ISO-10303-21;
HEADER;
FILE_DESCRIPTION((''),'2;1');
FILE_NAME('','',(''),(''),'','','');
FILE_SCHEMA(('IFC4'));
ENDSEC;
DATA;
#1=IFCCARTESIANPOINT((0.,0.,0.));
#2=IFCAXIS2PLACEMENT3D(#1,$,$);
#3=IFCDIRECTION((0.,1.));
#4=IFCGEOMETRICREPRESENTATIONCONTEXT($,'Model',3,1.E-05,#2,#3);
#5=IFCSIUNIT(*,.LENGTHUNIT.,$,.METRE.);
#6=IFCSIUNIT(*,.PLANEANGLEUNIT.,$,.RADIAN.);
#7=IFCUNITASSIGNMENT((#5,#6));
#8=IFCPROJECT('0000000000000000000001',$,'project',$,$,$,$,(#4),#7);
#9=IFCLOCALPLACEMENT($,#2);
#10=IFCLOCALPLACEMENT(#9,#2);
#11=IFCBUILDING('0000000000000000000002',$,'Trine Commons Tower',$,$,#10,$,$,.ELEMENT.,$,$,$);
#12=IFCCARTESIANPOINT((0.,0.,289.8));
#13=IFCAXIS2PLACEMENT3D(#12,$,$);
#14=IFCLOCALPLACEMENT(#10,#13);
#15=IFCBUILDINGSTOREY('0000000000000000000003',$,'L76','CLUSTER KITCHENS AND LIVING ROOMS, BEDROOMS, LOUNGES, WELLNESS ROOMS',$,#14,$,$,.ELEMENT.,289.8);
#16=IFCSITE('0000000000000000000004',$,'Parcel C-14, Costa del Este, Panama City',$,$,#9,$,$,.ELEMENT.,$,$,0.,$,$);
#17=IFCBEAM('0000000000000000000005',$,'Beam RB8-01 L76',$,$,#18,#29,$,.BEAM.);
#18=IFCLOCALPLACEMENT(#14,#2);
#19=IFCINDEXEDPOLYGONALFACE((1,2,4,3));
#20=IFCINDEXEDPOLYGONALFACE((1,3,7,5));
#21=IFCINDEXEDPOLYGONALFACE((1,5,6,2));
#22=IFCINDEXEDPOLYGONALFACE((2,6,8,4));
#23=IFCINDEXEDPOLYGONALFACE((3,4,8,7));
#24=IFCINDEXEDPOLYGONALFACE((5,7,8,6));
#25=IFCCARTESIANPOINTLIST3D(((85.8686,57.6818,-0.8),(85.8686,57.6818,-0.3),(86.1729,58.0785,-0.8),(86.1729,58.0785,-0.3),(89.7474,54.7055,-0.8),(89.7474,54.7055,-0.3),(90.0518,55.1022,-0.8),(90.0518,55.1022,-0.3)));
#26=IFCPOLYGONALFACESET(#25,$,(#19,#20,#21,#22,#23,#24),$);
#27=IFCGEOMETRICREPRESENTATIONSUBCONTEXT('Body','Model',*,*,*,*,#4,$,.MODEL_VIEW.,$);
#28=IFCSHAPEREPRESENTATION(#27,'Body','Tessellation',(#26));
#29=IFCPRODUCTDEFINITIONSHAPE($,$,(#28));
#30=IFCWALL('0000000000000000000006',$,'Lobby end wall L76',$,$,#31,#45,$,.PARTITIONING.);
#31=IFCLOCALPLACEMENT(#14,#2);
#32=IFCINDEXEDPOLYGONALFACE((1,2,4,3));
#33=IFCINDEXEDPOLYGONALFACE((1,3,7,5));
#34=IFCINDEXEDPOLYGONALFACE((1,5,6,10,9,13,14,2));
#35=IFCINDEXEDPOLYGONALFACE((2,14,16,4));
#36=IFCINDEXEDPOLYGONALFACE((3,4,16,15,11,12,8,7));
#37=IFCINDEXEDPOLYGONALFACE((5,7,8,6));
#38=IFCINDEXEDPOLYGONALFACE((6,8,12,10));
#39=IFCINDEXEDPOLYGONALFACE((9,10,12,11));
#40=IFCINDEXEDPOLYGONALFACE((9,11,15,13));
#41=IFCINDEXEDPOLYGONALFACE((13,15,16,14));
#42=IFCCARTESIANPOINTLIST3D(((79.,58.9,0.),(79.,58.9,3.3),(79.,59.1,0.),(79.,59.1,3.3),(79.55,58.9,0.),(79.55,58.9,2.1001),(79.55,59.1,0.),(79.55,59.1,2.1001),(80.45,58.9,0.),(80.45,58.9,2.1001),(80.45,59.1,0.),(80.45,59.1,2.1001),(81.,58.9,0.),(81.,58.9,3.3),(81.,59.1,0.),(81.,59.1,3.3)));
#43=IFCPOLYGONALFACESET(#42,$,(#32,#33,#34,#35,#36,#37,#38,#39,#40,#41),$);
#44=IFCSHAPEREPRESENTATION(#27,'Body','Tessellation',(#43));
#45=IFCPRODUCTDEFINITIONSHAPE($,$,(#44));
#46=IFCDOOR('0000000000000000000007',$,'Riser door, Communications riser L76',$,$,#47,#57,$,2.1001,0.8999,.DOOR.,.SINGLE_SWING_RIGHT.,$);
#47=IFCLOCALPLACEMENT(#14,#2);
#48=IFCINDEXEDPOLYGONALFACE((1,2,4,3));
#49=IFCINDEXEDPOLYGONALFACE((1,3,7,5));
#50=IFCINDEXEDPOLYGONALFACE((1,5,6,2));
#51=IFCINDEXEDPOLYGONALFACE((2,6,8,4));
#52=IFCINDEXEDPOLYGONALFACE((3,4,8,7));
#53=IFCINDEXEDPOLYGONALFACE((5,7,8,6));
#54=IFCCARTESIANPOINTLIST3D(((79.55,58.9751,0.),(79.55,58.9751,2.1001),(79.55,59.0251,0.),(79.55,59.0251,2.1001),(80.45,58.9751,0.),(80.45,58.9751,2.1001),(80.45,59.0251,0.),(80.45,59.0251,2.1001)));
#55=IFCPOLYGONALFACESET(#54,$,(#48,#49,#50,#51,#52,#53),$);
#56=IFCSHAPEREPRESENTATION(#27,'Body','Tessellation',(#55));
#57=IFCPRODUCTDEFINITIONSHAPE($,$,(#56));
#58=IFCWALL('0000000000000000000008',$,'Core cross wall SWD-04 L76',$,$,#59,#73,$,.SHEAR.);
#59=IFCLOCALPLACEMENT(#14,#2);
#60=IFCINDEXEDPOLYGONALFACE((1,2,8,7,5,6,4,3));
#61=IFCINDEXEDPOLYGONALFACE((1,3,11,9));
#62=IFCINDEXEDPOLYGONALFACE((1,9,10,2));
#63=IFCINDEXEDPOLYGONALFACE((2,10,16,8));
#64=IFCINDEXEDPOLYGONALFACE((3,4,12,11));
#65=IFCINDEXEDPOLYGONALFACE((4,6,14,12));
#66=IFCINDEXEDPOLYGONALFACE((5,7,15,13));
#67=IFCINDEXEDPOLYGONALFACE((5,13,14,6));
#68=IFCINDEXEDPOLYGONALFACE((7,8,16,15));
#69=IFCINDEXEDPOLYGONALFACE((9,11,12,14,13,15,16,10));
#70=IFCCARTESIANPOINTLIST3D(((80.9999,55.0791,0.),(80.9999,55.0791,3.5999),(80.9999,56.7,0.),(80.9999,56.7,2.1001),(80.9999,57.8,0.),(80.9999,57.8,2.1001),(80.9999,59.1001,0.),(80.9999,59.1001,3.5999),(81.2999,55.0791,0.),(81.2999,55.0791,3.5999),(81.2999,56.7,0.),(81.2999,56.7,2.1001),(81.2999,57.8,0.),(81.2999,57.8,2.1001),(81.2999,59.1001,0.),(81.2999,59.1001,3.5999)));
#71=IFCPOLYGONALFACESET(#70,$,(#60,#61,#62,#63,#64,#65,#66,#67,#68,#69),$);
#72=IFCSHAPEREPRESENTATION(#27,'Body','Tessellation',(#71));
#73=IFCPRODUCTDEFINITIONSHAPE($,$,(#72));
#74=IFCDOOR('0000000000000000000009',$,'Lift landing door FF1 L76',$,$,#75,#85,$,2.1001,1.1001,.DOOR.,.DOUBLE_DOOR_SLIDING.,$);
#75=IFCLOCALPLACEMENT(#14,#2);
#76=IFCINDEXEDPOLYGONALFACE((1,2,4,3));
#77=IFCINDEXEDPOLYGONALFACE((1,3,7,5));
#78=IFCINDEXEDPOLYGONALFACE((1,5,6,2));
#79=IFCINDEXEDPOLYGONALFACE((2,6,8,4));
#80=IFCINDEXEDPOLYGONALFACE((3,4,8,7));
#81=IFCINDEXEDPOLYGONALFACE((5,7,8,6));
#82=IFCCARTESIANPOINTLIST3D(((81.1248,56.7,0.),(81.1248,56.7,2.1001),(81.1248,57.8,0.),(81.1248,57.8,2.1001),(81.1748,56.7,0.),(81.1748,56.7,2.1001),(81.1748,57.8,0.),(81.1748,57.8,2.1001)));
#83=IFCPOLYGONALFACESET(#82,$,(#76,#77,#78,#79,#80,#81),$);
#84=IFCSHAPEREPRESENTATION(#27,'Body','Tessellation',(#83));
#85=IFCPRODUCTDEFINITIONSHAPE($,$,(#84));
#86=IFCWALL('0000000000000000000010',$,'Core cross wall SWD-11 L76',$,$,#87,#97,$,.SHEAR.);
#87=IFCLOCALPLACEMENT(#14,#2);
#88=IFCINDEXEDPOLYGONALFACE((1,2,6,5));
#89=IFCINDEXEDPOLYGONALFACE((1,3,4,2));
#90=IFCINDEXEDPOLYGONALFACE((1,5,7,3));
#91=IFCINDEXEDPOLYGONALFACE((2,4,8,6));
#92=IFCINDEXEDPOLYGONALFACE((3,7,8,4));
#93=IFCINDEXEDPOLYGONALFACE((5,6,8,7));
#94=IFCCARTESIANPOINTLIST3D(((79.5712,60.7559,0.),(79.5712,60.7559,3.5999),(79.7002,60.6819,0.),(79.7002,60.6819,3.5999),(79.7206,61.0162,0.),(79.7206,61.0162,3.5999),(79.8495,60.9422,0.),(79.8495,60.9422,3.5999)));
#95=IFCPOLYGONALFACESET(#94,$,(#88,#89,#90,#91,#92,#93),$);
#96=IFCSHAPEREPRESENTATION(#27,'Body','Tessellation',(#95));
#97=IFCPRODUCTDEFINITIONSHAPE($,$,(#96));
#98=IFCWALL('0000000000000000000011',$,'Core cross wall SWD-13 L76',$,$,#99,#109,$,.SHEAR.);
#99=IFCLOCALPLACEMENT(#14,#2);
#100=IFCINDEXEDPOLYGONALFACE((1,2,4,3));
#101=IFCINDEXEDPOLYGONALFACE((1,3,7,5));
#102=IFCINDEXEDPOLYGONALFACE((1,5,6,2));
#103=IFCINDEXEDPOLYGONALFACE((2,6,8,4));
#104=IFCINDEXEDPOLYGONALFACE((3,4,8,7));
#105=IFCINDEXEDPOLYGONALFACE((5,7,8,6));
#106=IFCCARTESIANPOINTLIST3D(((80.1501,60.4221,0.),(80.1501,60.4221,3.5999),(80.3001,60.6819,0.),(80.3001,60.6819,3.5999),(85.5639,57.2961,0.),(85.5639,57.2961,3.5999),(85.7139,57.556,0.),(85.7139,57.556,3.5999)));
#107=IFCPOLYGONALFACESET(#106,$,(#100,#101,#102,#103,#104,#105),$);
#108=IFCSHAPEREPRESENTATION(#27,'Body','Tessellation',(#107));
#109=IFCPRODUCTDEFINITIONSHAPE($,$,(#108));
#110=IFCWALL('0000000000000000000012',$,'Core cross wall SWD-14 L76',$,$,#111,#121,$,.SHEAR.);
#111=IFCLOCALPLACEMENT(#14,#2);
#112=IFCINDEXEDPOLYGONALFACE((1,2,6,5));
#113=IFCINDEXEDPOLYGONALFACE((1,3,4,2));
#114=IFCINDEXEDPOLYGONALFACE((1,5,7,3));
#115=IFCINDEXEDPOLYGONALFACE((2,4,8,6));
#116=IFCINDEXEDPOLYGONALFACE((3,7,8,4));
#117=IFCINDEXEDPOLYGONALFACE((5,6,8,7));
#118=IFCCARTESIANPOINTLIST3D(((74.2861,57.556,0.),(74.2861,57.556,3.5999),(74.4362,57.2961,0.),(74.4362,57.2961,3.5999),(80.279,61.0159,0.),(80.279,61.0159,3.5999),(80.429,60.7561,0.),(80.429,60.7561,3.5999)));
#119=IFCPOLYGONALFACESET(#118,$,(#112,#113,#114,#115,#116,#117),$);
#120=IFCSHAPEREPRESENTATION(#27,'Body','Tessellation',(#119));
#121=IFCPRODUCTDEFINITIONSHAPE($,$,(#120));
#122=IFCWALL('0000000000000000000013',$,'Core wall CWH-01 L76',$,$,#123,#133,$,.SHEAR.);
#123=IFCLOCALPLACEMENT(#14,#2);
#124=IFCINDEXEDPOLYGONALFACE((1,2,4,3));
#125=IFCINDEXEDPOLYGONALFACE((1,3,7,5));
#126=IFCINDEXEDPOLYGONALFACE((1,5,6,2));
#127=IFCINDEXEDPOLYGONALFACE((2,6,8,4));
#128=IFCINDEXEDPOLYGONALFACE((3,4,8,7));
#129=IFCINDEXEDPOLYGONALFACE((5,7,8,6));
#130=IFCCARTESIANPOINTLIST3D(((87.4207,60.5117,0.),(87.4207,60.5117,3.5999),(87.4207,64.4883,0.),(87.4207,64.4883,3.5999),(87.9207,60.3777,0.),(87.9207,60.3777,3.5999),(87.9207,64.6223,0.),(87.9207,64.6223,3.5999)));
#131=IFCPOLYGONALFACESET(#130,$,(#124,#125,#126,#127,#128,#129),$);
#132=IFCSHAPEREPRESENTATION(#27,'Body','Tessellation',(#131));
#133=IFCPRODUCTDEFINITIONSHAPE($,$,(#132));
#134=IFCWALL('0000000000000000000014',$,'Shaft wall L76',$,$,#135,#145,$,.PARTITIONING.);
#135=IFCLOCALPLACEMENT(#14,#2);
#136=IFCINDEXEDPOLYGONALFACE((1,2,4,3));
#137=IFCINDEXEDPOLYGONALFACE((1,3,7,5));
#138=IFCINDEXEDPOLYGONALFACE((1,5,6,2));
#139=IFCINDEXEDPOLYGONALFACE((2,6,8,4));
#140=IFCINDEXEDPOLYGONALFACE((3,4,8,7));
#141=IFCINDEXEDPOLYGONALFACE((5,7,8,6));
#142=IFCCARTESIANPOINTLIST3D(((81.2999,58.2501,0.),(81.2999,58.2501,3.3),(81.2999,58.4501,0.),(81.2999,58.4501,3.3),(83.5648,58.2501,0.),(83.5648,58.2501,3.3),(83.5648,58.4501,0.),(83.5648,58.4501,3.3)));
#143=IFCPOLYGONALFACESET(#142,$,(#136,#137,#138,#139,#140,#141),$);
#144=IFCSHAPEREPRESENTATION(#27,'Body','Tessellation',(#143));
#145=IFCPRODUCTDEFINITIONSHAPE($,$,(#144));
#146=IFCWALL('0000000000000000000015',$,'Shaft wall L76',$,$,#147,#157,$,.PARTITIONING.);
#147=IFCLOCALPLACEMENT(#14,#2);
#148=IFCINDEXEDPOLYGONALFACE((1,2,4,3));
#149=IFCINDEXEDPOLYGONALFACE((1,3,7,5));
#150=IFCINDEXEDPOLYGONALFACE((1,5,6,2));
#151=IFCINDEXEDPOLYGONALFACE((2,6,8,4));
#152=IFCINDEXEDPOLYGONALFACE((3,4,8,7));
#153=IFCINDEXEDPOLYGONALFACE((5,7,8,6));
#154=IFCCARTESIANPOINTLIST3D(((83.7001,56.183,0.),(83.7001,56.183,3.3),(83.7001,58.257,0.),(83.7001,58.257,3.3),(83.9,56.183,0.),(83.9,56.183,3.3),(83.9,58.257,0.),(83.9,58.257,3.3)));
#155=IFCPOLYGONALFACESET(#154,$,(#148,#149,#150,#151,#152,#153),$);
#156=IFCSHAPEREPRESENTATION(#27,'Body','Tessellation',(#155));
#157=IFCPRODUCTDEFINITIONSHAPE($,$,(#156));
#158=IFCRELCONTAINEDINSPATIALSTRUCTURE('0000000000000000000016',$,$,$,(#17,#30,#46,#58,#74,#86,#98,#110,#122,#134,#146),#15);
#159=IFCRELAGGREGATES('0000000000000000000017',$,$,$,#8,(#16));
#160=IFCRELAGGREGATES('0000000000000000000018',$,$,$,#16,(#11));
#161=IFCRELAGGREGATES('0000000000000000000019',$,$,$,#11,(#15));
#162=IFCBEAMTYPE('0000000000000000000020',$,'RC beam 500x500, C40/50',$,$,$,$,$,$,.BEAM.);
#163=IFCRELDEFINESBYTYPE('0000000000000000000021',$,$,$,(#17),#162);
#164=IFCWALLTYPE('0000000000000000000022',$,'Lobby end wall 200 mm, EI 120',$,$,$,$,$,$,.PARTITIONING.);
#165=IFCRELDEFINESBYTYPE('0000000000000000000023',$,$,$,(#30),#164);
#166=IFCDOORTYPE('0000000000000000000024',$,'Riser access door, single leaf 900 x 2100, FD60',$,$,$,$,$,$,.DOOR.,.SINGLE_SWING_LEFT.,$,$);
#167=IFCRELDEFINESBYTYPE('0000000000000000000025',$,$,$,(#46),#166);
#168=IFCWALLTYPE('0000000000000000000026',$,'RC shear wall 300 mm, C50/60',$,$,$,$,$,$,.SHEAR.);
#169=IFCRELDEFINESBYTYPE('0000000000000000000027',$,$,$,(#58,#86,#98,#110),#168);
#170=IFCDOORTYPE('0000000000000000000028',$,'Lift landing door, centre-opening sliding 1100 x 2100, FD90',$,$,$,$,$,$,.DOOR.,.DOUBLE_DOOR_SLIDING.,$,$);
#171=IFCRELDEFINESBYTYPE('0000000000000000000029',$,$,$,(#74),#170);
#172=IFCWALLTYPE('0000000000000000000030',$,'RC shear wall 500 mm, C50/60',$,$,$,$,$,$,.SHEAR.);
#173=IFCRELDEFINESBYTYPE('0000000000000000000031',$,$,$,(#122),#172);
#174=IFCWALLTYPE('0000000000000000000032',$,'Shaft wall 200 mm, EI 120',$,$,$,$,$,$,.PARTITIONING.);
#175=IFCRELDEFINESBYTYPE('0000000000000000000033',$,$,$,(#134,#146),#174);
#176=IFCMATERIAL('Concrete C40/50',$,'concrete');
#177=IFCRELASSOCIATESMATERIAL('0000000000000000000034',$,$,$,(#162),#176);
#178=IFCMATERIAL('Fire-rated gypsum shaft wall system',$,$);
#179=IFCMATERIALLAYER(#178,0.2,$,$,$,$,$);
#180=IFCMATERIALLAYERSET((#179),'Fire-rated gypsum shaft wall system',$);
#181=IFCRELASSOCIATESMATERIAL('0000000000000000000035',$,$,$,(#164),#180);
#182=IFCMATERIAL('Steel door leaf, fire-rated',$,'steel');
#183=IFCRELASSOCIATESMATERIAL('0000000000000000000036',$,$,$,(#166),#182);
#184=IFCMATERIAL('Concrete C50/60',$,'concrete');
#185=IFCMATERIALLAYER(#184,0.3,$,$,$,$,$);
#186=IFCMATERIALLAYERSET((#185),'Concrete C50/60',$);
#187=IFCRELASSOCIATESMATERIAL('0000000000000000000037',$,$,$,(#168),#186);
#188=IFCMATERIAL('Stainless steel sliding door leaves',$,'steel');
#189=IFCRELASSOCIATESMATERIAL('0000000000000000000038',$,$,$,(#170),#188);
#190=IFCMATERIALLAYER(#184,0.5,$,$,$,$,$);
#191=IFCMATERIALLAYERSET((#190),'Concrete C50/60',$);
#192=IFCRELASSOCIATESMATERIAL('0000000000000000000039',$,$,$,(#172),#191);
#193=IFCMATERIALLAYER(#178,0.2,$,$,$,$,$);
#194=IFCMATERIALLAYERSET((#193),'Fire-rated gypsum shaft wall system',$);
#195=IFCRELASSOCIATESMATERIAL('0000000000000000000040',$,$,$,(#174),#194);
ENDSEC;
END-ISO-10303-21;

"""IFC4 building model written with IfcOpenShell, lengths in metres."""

from ifc_helpers import new_model, si_unit, direction, frame, frame_2d, origin, origin_2d, place, context, subcontext, project, spatial, polyline, rectangle, outline, extrude, material, layer, layer_set, material_profile, profile_set, type_object, element, fill, save


model = new_model("IFC4")

# Units and contexts
model_context = context("Model", 3, precision=1e-05, world=origin(), true_north=direction((0.0, 1.0)))
body_context = subcontext(model_context, "Body", "Model", "MODEL_VIEW")
ifc_project = project(units=[si_unit("LENGTHUNIT", "METRE"), si_unit("PLANEANGLEUNIT", "RADIAN")], contexts=[model_context])

# Site, building, storey
site_placement = place(None, origin())
site = spatial("IfcSite", under=ifc_project, at=site_placement, Name="Parcel C-14, Costa del Este, Panama City", CompositionType="ELEMENT", RefElevation=0.0)
building_placement = place(site_placement, origin())
building = spatial("IfcBuilding", under=site, at=building_placement, Name="Trine Commons Tower", CompositionType="ELEMENT")
storey_placement = place(building_placement, frame((0.0, 0.0, 289.8)))
storey = spatial("IfcBuildingStorey", under=building, at=storey_placement, Name="L76", Description="CLUSTER KITCHENS AND LIVING ROOMS, BEDROOMS, LOUNGES, WELLNESS ROOMS", CompositionType="ELEMENT", Elevation=289.8)

# Beam
ifc_material_1 = material(Name="Concrete C40/50", Category="concrete")
ifc_material_profile = material_profile(ifc_material_1, rectangle(XDim=0.5, YDim=0.5, at=origin_2d()), Name="RC 500x500")
ifc_profile_set = profile_set([ifc_material_profile], Name="Concrete C40/50")
beam_type = type_object("IfcBeamType", Name="RC beam 500x500, C40/50", PredefinedType="BEAM", material=ifc_profile_set)
beam_placement = place(storey_placement, frame((86.0208, 57.8801, -0.55), z_axis=(0.79336, -0.608752, 0.0), x_axis=(0.608752, 0.79336, 0.0)))
element("IfcBeam", 1, at=beam_placement, inside=storey, type_object=beam_type, Name="Beam RB8-01 L76", PredefinedType="BEAM", context=body_context, shape_type="SweptSolid", body=[
    extrude(rectangle(XDim=0.5, YDim=0.5, at=origin_2d()), origin(), (0.0, 0.0, 1.0), 4.8892),
])

# Walls, openings, doors
ifc_material_2 = material(Name="Fire-rated gypsum shaft wall system")
ifc_layer_1 = layer(ifc_material_2, 0.2)
ifc_layer_set_1 = layer_set([ifc_layer_1], Name="Fire-rated gypsum shaft wall system")
wall_type_1 = type_object("IfcWallType", Name="Lobby end wall 200 mm, EI 120", PredefinedType="PARTITIONING", material=ifc_layer_set_1)
wall_1_placement = place(storey_placement, frame((79.0, 59.0, 0.0), z_axis=(0.0, 0.0, 1.0), x_axis=(1.0, 0.0, 0.0)))
wall_1 = element("IfcWall", 2, at=wall_1_placement, inside=storey, type_object=wall_type_1, Name="Lobby end wall L76", PredefinedType="PARTITIONING", context=body_context, shape_type="SweptSolid", body=[
    extrude(rectangle(XDim=2.0, YDim=0.2, at=frame_2d((1.0, 0.0))), origin(), (0.0, 0.0, 1.0), 3.3),
])
opening_1_placement = place(wall_1_placement, frame((0.55, 0.0, 0.0)))
opening_1 = element("IfcOpeningElement", 3, at=opening_1_placement, cuts=wall_1, PredefinedType="OPENING", context=body_context, shape_type="SweptSolid", body=[
    extrude(rectangle(XDim=0.8999, YDim=2.1001, at=frame_2d((0.45, 1.05))), frame((0.0, 0.1099, 0.0), z_axis=(0.0, -1.0, 0.0), x_axis=(1.0, 0.0, 0.0)), (0.0, 0.0, 1.0), 0.22),
])
ifc_material_3 = material(Name="Steel door leaf, fire-rated", Category="steel")
door_type_1 = type_object("IfcDoorType", Name="Riser access door, single leaf 900 x 2100, FD60", OperationType="SINGLE_SWING_LEFT", PredefinedType="DOOR", material=ifc_material_3)
door_1_placement = place(opening_1_placement, frame((0.8999, 0.0, 0.0), z_axis=(0.0, 0.0, 1.0), x_axis=(-1.0, 0.0, 0.0)))
door_1 = element("IfcDoor", 4, at=door_1_placement, inside=storey, type_object=door_type_1, Name="Riser door, Communications riser L76", OperationType="SINGLE_SWING_RIGHT", OverallHeight=2.1001, OverallWidth=0.8999, PredefinedType="DOOR", context=body_context, shape_type="SweptSolid", body=[
    extrude(rectangle(XDim=0.8999, YDim=2.1001, at=frame_2d((0.45, 1.05))), frame((0.0, 0.0249, 0.0), z_axis=(0.0, -1.0, 0.0), x_axis=(1.0, 0.0, 0.0)), (0.0, 0.0, 1.0), 0.05),
])
fill(opening_1, door_1)
ifc_material_4 = material(Name="Concrete C50/60", Category="concrete")
ifc_layer_2 = layer(ifc_material_4, 0.3)
ifc_layer_set_2 = layer_set([ifc_layer_2], Name="Concrete C50/60")
wall_type_2 = type_object("IfcWallType", Name="RC shear wall 300 mm, C50/60", PredefinedType="SHEAR", material=ifc_layer_set_2)
wall_2_placement = place(storey_placement, frame((81.1499, 59.1001, 0.0), z_axis=(0.0, 0.0, 1.0), x_axis=(0.0, -1.0, 0.0)))
wall_2 = element("IfcWall", 5, at=wall_2_placement, inside=storey, type_object=wall_type_2, Name="Core cross wall SWD-04 L76", PredefinedType="SHEAR", context=body_context, shape_type="SweptSolid", body=[
    extrude(rectangle(XDim=4.021, YDim=0.3, at=frame_2d((2.0105, 0.0))), origin(), (0.0, 0.0, 1.0), 3.5999),
])
opening_2_placement = place(wall_2_placement, frame((1.3, 0.0, 0.0)))
opening_2 = element("IfcOpeningElement", 6, at=opening_2_placement, cuts=wall_2, PredefinedType="OPENING", context=body_context, shape_type="SweptSolid", body=[
    extrude(rectangle(XDim=1.1001, YDim=2.1001, at=frame_2d((0.55, 1.05))), frame((0.0, 0.1599, 0.0), z_axis=(0.0, -1.0, 0.0), x_axis=(1.0, 0.0, 0.0)), (0.0, 0.0, 1.0), 0.3201),
])
ifc_material_5 = material(Name="Stainless steel sliding door leaves", Category="steel")
door_type_2 = type_object("IfcDoorType", Name="Lift landing door, centre-opening sliding 1100 x 2100, FD90", OperationType="DOUBLE_DOOR_SLIDING", PredefinedType="DOOR", material=ifc_material_5)
door_2_placement = place(opening_2_placement, origin())
door_2 = element("IfcDoor", 7, at=door_2_placement, inside=storey, type_object=door_type_2, Name="Lift landing door FF1 L76", OperationType="DOUBLE_DOOR_SLIDING", OverallHeight=2.1001, OverallWidth=1.1001, PredefinedType="DOOR", context=body_context, shape_type="SweptSolid", body=[
    extrude(rectangle(XDim=1.1001, YDim=2.1001, at=frame_2d((0.55, 1.05))), frame((0.0, 0.0249, 0.0), z_axis=(0.0, -1.0, 0.0), x_axis=(1.0, 0.0, 0.0)), (0.0, 0.0, 1.0), 0.05),
])
fill(opening_2, door_2)

# Walls
wall_3_placement = place(storey_placement, frame((79.646, 60.886, 0.0), z_axis=(0.0, 0.0, 1.0), x_axis=(0.867332, -0.49773, 0.0)))
element("IfcWall", 8, at=wall_3_placement, inside=storey, type_object=wall_type_2, Name="Core cross wall SWD-11 L76", PredefinedType="SHEAR", context=body_context, shape_type="SweptSolid", body=[
    extrude(rectangle(XDim=0.1487, YDim=0.3, at=frame_2d((0.0742, 0.0))), origin(), (0.0, 0.0, 1.0), 3.5999),
])
wall_4_placement = place(storey_placement, frame((80.2251, 60.552, 0.0), z_axis=(0.0, 0.0, 1.0), x_axis=(0.866004, -0.500037, 0.0)))
element("IfcWall", 9, at=wall_4_placement, inside=storey, type_object=wall_type_2, Name="Core cross wall SWD-13 L76", PredefinedType="SHEAR", context=body_context, shape_type="SweptSolid", body=[
    extrude(rectangle(XDim=6.2515, YDim=0.3, at=frame_2d((3.1257, 0.0))), origin(), (0.0, 0.0, 1.0), 3.5999),
])
wall_5_placement = place(storey_placement, frame((80.354, 60.886, 0.0), z_axis=(0.0, 0.0, 1.0), x_axis=(-0.866029, -0.499994, 0.0)))
element("IfcWall", 10, at=wall_5_placement, inside=storey, type_object=wall_type_2, Name="Core cross wall SWD-14 L76", PredefinedType="SHEAR", context=body_context, shape_type="SweptSolid", body=[
    extrude(rectangle(XDim=6.9199, YDim=0.3, at=frame_2d((3.46, 0.0))), origin(), (0.0, 0.0, 1.0), 3.5999),
])
ifc_layer_3 = layer(ifc_material_4, 0.5)
ifc_layer_set_3 = layer_set([ifc_layer_3], Name="Concrete C50/60")
wall_type_3 = type_object("IfcWallType", Name="RC shear wall 500 mm, C50/60", PredefinedType="SHEAR", material=ifc_layer_set_3)
wall_6_placement = place(storey_placement, frame((87.6707, 60.3777, 0.0), z_axis=(0.0, 0.0, 1.0), x_axis=(0.0, 1.0, 0.0)))
element("IfcWall", 11, at=wall_6_placement, inside=storey, type_object=wall_type_3, Name="Core wall CWH-01 L76", PredefinedType="SHEAR", context=body_context, shape_type="SweptSolid", body=[
    extrude(outline(polyline([(0.0, -0.25), (4.2446, -0.25), (4.1106, 0.25), (0.134, 0.25), (0.0, -0.25)])), origin(), (0.0, 0.0, 1.0), 3.5999),
])
ifc_layer_4 = layer(ifc_material_2, 0.2)
ifc_layer_set_4 = layer_set([ifc_layer_4], Name="Fire-rated gypsum shaft wall system")
wall_type_4 = type_object("IfcWallType", Name="Shaft wall 200 mm, EI 120", PredefinedType="PARTITIONING", material=ifc_layer_set_4)
wall_7_placement = place(storey_placement, frame((81.3, 58.3501, 0.0), z_axis=(0.0, 0.0, 1.0), x_axis=(1.0, 0.0, 0.0)))
element("IfcWall", 12, at=wall_7_placement, inside=storey, type_object=wall_type_4, Name="Shaft wall L76", PredefinedType="PARTITIONING", context=body_context, shape_type="SweptSolid", body=[
    extrude(rectangle(XDim=2.2649, YDim=0.2, at=frame_2d((1.1323, 0.0))), origin(), (0.0, 0.0, 1.0), 3.3),
])
wall_8_placement = place(storey_placement, frame((83.8, 58.2571, 0.0), z_axis=(0.0, 0.0, 1.0), x_axis=(0.0, -1.0, 0.0)))
element("IfcWall", 13, at=wall_8_placement, inside=storey, type_object=wall_type_4, Name="Shaft wall L76", PredefinedType="PARTITIONING", context=body_context, shape_type="SweptSolid", body=[
    extrude(rectangle(XDim=2.074, YDim=0.2, at=frame_2d((1.0371, 0.0))), origin(), (0.0, 0.0, 1.0), 3.3),
])

save(model, "model.ifc")
